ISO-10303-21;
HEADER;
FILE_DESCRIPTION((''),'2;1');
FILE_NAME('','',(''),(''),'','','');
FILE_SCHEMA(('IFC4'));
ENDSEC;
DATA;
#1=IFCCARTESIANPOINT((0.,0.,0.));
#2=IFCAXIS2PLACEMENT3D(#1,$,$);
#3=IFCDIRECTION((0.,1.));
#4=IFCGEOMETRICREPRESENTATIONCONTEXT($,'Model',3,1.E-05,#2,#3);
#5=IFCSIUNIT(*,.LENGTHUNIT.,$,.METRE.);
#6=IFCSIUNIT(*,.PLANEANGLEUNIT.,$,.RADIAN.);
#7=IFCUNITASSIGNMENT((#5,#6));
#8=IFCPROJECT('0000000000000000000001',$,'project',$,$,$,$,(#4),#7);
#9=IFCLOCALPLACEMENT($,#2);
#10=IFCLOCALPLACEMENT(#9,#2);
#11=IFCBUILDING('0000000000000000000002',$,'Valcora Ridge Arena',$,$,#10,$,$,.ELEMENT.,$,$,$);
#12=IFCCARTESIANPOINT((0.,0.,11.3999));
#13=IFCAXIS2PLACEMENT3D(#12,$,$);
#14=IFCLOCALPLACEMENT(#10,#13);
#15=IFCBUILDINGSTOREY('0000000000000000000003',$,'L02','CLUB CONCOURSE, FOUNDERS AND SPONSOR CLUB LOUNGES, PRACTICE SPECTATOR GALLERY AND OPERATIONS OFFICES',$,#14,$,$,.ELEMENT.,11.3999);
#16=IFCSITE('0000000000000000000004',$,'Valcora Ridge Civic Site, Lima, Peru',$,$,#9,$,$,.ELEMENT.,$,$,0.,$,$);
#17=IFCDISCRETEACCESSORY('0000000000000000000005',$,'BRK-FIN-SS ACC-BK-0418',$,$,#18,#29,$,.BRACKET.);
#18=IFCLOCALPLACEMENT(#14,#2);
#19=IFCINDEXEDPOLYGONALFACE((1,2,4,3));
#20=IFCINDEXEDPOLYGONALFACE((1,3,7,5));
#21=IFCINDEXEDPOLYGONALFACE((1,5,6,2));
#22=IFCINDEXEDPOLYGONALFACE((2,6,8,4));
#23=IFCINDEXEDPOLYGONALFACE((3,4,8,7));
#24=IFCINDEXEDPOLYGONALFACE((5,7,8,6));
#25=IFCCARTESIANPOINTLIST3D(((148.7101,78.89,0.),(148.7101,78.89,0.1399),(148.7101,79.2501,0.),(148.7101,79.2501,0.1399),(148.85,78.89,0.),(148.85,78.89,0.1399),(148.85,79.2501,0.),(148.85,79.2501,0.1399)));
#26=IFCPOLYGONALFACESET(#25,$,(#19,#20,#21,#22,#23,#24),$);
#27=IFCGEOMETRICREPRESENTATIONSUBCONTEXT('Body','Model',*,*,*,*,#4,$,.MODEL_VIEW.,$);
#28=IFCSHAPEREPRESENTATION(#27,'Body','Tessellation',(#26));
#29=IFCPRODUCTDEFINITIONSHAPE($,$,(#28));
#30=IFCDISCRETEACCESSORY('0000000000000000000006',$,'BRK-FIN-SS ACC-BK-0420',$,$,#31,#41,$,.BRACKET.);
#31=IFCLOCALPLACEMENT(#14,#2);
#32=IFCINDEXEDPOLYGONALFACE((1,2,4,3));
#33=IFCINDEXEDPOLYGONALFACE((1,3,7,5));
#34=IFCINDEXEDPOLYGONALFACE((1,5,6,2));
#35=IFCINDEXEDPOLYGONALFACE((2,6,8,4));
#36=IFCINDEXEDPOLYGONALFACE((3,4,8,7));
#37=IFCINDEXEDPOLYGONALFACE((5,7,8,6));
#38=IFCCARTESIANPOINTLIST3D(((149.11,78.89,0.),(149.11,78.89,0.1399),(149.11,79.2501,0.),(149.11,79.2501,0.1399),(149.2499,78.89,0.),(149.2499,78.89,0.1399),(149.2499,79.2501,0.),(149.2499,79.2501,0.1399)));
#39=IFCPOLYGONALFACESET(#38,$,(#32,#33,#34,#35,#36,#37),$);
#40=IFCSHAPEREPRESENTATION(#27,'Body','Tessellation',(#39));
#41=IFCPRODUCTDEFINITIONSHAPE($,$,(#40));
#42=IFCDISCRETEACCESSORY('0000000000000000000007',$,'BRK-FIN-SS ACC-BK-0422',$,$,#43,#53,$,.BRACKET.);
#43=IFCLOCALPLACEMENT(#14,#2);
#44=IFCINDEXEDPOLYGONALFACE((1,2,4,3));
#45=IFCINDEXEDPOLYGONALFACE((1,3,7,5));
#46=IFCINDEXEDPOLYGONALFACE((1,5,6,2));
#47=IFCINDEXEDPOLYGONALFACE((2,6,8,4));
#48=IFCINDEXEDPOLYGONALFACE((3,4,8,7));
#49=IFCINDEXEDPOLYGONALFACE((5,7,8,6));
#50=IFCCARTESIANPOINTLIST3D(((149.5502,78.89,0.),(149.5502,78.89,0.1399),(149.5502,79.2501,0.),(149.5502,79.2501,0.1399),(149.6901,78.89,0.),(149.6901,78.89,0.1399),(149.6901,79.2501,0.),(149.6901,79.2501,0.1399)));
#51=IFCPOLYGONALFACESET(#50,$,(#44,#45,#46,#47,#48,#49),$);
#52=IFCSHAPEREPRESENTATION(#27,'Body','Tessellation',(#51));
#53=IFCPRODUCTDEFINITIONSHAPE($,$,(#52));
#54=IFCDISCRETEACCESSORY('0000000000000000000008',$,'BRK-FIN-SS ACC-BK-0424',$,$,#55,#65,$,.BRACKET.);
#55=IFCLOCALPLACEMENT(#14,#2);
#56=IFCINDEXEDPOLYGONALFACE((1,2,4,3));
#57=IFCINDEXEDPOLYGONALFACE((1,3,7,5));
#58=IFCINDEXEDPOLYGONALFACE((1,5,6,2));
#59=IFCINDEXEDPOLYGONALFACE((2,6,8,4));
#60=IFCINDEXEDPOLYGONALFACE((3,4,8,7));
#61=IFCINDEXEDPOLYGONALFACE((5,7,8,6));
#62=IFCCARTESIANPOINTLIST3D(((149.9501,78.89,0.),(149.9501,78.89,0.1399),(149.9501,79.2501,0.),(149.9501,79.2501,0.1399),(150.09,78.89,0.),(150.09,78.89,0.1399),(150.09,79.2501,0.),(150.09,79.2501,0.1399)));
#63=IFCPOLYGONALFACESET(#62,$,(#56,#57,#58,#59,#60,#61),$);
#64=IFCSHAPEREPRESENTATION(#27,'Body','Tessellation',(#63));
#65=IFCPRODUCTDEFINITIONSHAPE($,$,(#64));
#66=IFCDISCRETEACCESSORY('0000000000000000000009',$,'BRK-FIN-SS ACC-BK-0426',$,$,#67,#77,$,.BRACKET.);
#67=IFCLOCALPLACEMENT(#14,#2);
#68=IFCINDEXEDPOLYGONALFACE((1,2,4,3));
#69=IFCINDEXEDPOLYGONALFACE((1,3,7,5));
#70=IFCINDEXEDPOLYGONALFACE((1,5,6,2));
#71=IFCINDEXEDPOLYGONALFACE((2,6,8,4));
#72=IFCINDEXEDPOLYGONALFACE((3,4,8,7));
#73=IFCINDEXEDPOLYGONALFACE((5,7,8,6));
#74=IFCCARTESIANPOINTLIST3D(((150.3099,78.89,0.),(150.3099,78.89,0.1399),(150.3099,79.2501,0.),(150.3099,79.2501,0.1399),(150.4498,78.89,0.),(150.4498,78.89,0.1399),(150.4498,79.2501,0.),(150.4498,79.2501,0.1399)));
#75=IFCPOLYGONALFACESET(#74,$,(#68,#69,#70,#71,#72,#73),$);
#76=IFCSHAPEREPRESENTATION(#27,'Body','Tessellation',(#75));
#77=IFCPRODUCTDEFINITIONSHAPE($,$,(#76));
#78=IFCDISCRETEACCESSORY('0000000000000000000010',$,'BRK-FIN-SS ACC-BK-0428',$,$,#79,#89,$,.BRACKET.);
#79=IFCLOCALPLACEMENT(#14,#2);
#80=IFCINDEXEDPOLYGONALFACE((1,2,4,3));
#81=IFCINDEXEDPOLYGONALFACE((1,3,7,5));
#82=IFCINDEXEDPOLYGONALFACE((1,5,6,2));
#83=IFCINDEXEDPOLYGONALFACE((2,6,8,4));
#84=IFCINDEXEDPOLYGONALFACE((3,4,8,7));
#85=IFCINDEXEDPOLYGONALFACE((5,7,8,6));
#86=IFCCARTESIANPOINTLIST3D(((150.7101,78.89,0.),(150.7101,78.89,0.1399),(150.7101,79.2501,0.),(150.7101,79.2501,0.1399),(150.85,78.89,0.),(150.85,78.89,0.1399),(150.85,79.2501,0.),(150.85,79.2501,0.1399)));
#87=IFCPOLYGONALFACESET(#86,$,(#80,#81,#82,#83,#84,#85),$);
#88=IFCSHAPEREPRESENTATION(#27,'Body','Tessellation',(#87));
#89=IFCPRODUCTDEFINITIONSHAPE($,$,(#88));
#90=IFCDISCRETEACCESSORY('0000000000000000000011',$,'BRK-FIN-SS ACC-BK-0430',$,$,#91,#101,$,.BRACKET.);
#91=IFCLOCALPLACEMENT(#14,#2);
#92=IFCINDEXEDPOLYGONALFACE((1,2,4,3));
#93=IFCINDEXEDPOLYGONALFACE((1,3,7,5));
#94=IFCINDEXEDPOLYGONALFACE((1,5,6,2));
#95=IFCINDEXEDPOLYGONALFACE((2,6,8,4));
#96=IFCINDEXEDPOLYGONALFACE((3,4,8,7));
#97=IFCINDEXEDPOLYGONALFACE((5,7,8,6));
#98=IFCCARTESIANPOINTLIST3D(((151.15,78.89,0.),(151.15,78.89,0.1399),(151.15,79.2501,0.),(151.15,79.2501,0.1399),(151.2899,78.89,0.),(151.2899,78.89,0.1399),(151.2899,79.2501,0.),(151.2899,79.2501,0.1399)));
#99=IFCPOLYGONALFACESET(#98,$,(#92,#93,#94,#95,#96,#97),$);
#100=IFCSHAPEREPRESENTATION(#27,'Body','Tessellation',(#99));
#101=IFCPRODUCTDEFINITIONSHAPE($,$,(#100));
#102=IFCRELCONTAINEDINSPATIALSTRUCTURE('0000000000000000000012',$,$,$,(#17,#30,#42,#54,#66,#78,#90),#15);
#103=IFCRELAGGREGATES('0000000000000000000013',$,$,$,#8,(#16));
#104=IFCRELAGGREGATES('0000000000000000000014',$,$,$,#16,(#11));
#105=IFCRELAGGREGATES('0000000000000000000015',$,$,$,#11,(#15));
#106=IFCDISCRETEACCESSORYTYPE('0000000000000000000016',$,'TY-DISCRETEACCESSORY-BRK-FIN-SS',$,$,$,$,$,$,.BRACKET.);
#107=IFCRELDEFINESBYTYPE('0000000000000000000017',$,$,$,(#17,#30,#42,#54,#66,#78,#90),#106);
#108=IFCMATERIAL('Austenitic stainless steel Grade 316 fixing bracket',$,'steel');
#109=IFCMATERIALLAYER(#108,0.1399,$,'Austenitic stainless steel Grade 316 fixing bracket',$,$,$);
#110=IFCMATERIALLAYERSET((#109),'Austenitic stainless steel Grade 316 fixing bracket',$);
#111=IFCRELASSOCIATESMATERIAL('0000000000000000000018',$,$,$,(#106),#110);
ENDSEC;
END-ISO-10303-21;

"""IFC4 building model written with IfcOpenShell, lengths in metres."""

from ifc_helpers import new_model, si_unit, direction, frame, origin, origin_2d, place, context, subcontext, project, spatial, rectangle, extrude, material, layer, layer_set, type_object, element, save


model = new_model("IFC4")

# Units and contexts
model_context = context("Model", 3, precision=1e-05, world=origin(), true_north=direction((0.0, 1.0)))
body_context = subcontext(model_context, "Body", "Model", "MODEL_VIEW")
ifc_project = project(units=[si_unit("LENGTHUNIT", "METRE"), si_unit("PLANEANGLEUNIT", "RADIAN")], contexts=[model_context])

# Site, building, storey
site_placement = place(None, origin())
site = spatial("IfcSite", under=ifc_project, at=site_placement, Name="Valcora Ridge Civic Site, Lima, Peru", CompositionType="ELEMENT", RefElevation=0.0)
building_placement = place(site_placement, origin())
building = spatial("IfcBuilding", under=site, at=building_placement, Name="Valcora Ridge Arena", CompositionType="ELEMENT")
storey_placement = place(building_placement, frame((0.0, 0.0, 11.3999)))
storey = spatial("IfcBuildingStorey", under=building, at=storey_placement, Name="L02", Description="CLUB CONCOURSE, FOUNDERS AND SPONSOR CLUB LOUNGES, PRACTICE SPECTATOR GALLERY AND OPERATIONS OFFICES", CompositionType="ELEMENT", Elevation=11.3999)

# Discrete accessories
ifc_material_1 = material(Name="Austenitic stainless steel Grade 316 fixing bracket", Category="steel")
ifc_layer_1 = layer(ifc_material_1, 0.1399, Name="Austenitic stainless steel Grade 316 fixing bracket")
ifc_layer_set_1 = layer_set([ifc_layer_1], Name="Austenitic stainless steel Grade 316 fixing bracket")
discrete_accessory_type = type_object("IfcDiscreteAccessoryType", Name="TY-DISCRETEACCESSORY-BRK-FIN-SS", PredefinedType="BRACKET", material=ifc_layer_set_1)
for number, where, z_axis, x_axis, name in (
    (1, (148.78, 79.0701, 0.0), (0.0, 0.0, 1.0), (0.0, 1.0, 0.0), "BRK-FIN-SS ACC-BK-0418"),
    (2, (149.1799, 79.0701, 0.0), (0.0, 0.0, 1.0), (0.0, 1.0, 0.0), "BRK-FIN-SS ACC-BK-0420"),
    (3, (149.6201, 79.0701, 0.0), (0.0, 0.0, 1.0), (0.0, 1.0, 0.0), "BRK-FIN-SS ACC-BK-0422"),
    (4, (150.02, 79.0701, 0.0), (0.0, 0.0, 1.0), (0.0, 1.0, 0.0), "BRK-FIN-SS ACC-BK-0424"),
    (5, (150.3799, 79.0701, 0.0), (0.0, 0.0, 1.0), (0.0, 1.0, 0.0), "BRK-FIN-SS ACC-BK-0426"),
    (6, (150.78, 79.0701, 0.0), (0.0, 0.0, 1.0), (0.0, 1.0, 0.0), "BRK-FIN-SS ACC-BK-0428"),
    (7, (151.22, 79.0701, 0.0), (0.0, 0.0, 1.0), (0.0, 1.0, 0.0), "BRK-FIN-SS ACC-BK-0430"),
):
    element("IfcDiscreteAccessory", number, at=place(storey_placement, frame(where, z_axis=z_axis, x_axis=x_axis)), inside=storey, type_object=discrete_accessory_type, Name=name, PredefinedType="BRACKET", context=body_context, shape_type="SweptSolid", body=[
        extrude(rectangle(XDim=0.3601, YDim=0.1399, at=origin_2d()), origin(), (0.0, 0.0, 1.0), 0.1399),
    ])

save(model, "model.ifc")
